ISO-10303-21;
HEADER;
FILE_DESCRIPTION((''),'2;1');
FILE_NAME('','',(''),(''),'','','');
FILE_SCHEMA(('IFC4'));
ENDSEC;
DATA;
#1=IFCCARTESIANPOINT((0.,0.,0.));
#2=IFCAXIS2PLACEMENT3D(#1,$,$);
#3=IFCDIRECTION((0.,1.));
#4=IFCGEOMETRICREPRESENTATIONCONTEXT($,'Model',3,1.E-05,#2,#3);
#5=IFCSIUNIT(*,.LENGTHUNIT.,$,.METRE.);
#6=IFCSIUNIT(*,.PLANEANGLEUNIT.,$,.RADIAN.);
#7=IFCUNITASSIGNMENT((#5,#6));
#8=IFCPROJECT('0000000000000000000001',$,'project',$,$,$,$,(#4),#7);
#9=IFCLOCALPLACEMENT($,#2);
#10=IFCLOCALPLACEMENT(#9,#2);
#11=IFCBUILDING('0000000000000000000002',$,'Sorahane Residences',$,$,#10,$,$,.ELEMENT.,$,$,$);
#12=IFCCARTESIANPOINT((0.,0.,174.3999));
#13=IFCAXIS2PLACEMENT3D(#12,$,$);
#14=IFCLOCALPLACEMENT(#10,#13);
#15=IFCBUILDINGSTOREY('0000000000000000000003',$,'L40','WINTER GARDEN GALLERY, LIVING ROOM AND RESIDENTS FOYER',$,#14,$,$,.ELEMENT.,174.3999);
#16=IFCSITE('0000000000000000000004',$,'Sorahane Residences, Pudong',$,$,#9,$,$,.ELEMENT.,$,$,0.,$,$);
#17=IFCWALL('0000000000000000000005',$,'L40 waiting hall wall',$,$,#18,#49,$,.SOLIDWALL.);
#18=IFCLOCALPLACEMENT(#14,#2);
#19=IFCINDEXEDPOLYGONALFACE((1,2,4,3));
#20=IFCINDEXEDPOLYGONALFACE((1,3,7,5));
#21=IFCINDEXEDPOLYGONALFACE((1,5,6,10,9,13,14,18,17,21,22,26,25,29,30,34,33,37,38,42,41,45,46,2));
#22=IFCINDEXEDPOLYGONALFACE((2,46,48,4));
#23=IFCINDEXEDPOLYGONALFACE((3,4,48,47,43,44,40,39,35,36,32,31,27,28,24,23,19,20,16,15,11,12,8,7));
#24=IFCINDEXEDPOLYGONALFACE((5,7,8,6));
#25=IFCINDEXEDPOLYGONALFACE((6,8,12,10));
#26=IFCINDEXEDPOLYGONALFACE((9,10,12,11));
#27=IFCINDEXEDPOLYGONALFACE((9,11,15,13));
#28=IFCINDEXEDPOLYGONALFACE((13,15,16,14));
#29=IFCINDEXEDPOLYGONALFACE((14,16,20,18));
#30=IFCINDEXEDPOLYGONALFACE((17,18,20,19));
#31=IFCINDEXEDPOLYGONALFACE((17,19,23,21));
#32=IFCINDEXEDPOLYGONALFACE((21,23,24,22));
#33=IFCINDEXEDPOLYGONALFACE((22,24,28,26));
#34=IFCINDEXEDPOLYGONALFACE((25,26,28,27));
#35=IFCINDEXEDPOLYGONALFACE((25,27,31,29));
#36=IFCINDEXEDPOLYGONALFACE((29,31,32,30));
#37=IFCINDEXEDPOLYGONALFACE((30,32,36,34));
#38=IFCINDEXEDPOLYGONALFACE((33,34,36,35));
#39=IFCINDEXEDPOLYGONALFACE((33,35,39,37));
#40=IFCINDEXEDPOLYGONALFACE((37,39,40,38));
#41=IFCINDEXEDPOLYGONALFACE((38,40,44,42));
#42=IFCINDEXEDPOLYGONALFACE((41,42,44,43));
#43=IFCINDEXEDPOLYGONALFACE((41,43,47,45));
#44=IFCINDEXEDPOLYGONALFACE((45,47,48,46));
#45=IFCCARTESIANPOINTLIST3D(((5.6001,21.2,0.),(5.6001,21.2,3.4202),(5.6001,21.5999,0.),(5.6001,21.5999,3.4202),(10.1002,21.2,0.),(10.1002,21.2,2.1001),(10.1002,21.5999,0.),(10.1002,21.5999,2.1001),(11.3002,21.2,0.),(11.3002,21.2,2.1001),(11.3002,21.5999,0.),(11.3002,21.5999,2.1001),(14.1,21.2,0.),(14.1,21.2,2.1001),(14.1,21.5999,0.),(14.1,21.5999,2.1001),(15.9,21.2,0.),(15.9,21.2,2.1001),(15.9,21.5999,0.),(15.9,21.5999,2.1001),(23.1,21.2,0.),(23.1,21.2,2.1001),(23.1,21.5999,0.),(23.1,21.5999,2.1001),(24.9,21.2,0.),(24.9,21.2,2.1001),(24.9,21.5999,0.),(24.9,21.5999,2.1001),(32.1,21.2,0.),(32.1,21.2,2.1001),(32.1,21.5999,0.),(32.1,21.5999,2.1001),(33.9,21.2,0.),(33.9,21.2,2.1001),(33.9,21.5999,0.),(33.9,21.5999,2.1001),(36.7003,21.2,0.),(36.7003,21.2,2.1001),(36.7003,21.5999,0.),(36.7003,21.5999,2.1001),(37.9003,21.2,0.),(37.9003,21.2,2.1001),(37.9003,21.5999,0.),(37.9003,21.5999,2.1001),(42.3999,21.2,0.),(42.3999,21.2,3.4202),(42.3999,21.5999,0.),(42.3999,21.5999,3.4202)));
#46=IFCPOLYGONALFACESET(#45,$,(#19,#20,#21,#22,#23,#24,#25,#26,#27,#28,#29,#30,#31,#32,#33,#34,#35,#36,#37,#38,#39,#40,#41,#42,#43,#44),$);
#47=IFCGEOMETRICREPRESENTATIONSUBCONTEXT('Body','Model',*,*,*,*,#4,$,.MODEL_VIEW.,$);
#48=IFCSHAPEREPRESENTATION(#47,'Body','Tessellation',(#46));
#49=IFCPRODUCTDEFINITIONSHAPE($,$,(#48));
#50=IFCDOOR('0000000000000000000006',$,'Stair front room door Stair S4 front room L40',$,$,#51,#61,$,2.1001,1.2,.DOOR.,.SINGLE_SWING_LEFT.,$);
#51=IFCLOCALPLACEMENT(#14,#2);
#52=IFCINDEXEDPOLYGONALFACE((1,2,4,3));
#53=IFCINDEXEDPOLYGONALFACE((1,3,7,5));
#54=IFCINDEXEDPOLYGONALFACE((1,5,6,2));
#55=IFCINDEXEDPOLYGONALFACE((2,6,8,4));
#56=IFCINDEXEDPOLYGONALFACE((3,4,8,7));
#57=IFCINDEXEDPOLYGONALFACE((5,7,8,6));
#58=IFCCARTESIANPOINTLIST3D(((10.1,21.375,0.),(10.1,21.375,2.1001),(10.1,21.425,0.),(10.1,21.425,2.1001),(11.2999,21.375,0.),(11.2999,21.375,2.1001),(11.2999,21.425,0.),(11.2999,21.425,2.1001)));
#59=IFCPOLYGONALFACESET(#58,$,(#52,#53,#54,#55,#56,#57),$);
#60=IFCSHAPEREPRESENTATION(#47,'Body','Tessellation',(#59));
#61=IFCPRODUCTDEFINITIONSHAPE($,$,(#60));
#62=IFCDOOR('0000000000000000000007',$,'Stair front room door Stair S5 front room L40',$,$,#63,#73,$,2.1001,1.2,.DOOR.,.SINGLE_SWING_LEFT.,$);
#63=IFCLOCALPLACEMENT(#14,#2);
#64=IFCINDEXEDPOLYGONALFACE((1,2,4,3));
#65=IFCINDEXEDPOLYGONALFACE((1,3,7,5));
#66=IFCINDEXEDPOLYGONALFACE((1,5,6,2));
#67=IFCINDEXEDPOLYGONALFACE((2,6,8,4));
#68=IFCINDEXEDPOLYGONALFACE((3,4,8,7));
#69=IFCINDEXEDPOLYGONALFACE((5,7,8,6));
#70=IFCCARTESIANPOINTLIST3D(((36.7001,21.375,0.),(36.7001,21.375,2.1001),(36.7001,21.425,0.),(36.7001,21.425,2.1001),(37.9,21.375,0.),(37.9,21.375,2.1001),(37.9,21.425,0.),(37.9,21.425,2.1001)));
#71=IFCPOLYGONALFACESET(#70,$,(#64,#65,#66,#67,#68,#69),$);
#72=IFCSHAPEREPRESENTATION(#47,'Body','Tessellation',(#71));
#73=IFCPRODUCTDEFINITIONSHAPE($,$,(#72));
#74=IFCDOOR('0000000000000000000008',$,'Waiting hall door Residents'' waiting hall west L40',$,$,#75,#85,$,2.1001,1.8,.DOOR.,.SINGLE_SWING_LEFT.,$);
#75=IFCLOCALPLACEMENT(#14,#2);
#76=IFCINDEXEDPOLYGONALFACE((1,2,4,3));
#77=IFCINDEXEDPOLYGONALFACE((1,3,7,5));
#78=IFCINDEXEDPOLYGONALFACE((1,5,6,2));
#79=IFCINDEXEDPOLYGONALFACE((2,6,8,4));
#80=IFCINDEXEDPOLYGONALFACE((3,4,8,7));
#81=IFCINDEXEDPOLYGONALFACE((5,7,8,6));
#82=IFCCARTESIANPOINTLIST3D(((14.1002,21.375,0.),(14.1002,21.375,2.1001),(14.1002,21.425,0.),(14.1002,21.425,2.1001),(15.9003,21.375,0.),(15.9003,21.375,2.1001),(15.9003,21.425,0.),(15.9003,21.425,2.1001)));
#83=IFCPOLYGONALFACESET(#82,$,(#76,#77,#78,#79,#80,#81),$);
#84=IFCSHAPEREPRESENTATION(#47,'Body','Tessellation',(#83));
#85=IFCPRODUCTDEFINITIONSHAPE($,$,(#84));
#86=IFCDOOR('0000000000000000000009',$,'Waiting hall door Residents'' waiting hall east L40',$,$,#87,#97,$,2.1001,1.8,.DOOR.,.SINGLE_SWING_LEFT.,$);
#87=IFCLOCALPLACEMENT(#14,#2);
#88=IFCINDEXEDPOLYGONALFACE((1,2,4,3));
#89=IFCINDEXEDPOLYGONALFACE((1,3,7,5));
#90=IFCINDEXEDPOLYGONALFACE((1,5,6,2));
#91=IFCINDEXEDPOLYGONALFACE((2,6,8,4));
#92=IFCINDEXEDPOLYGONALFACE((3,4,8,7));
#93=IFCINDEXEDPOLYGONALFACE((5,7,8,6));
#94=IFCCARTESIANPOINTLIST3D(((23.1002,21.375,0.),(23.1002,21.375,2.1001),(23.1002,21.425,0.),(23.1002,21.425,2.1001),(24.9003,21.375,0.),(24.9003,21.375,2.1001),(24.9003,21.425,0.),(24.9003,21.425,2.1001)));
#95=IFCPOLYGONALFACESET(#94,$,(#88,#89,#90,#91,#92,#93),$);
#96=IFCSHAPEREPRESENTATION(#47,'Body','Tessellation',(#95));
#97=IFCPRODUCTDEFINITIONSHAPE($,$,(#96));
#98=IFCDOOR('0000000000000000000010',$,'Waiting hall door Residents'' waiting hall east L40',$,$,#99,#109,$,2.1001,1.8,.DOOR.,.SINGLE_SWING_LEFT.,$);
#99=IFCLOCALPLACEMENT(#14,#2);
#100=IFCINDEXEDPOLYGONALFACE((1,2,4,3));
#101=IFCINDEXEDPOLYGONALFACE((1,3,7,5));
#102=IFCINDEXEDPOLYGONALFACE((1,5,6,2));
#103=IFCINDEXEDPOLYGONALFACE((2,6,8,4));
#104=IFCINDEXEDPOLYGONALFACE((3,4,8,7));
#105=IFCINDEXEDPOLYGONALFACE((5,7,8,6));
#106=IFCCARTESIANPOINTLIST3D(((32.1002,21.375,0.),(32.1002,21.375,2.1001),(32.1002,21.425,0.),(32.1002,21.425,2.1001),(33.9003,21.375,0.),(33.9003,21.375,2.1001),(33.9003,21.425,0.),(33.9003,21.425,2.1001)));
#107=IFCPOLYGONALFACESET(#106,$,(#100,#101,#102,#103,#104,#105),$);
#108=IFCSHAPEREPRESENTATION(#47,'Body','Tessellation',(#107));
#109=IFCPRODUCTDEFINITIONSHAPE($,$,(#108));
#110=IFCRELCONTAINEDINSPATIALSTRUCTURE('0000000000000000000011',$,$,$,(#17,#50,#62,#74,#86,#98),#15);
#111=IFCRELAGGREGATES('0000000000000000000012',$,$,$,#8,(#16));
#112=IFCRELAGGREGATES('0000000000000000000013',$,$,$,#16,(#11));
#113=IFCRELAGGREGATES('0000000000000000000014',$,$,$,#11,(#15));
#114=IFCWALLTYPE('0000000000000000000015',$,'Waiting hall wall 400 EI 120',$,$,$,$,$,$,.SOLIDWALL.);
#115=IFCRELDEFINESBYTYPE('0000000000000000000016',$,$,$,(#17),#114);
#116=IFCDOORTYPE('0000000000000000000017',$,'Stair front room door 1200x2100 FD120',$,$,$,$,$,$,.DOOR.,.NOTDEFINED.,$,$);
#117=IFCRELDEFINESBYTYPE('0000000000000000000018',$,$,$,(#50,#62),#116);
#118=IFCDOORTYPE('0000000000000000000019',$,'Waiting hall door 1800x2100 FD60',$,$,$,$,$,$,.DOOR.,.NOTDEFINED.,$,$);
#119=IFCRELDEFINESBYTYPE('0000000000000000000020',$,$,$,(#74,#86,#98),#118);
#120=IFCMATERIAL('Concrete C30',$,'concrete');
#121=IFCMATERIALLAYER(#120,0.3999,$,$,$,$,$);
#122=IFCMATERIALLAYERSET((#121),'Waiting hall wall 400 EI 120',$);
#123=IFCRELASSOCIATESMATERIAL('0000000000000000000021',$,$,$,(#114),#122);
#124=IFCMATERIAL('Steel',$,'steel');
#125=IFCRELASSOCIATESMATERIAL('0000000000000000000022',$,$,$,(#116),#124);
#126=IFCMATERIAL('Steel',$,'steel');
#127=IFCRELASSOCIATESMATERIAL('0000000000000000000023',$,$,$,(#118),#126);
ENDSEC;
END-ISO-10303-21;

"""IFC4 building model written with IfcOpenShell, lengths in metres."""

from ifc_helpers import new_model, si_unit, direction, frame, frame_2d, origin, place, context, subcontext, project, spatial, rectangle, extrude, material, layer, layer_set, type_object, element, fill, save


model = new_model("IFC4")

# Units and contexts
model_context = context("Model", 3, precision=1e-05, world=origin(), true_north=direction((0.0, 1.0)))
body_context = subcontext(model_context, "Body", "Model", "MODEL_VIEW")
ifc_project = project(units=[si_unit("LENGTHUNIT", "METRE"), si_unit("PLANEANGLEUNIT", "RADIAN")], contexts=[model_context])

# Site, building, storey
site_placement = place(None, origin())
site = spatial("IfcSite", under=ifc_project, at=site_placement, Name="Sorahane Residences, Pudong", CompositionType="ELEMENT", RefElevation=0.0)
building_placement = place(site_placement, origin())
building = spatial("IfcBuilding", under=site, at=building_placement, Name="Sorahane Residences", CompositionType="ELEMENT")
storey_placement = place(building_placement, frame((0.0, 0.0, 174.3999)))
storey = spatial("IfcBuildingStorey", under=building, at=storey_placement, Name="L40", Description="WINTER GARDEN GALLERY, LIVING ROOM AND RESIDENTS FOYER", CompositionType="ELEMENT", Elevation=174.3999)

# Wall, openings, doors
ifc_material_1 = material(Name="Concrete C30", Category="concrete")
ifc_layer_1 = layer(ifc_material_1, 0.3999)
ifc_layer_set_1 = layer_set([ifc_layer_1], Name="Waiting hall wall 400 EI 120")
wall_type_1 = type_object("IfcWallType", Name="Waiting hall wall 400 EI 120", PredefinedType="SOLIDWALL", material=ifc_layer_set_1)
wall_1_placement = place(storey_placement, frame((5.6001, 21.3999, 0.0), z_axis=(0.0, 0.0, 1.0), x_axis=(1.0, 0.0, 0.0)))
wall_1 = element("IfcWall", 1, at=wall_1_placement, inside=storey, type_object=wall_type_1, Name="L40 waiting hall wall", PredefinedType="SOLIDWALL", context=body_context, shape_type="SweptSolid", body=[
    extrude(rectangle(XDim=36.7998, YDim=0.3999, at=frame_2d((18.3999, 0.0))), origin(), (0.0, 0.0, 1.0), 3.4202),
])
opening_1_placement = place(wall_1_placement, frame((8.5, 0.0, 0.0)))
opening_1 = element("IfcOpeningElement", 2, at=opening_1_placement, cuts=wall_1, PredefinedType="OPENING", context=body_context, shape_type="SweptSolid", body=[
    extrude(rectangle(XDim=1.8, YDim=2.1001, at=frame_2d((0.8999, 1.05))), frame((0.0, 0.21, 0.0), z_axis=(0.0, -1.0, 0.0), x_axis=(1.0, 0.0, 0.0)), (0.0, 0.0, 1.0), 0.4199),
])
opening_2_placement = place(wall_1_placement, frame((17.5, 0.0, 0.0)))
opening_2 = element("IfcOpeningElement", 3, at=opening_2_placement, cuts=wall_1, PredefinedType="OPENING", context=body_context, shape_type="SweptSolid", body=[
    extrude(rectangle(XDim=1.8, YDim=2.1001, at=frame_2d((0.8999, 1.05))), frame((0.0, 0.21, 0.0), z_axis=(0.0, -1.0, 0.0), x_axis=(1.0, 0.0, 0.0)), (0.0, 0.0, 1.0), 0.4199),
])
opening_3_placement = place(wall_1_placement, frame((26.5, 0.0, 0.0)))
opening_3 = element("IfcOpeningElement", 4, at=opening_3_placement, cuts=wall_1, PredefinedType="OPENING", context=body_context, shape_type="SweptSolid", body=[
    extrude(rectangle(XDim=1.8, YDim=2.1001, at=frame_2d((0.8999, 1.05))), frame((0.0, 0.21, 0.0), z_axis=(0.0, -1.0, 0.0), x_axis=(1.0, 0.0, 0.0)), (0.0, 0.0, 1.0), 0.4199),
])
opening_4_placement = place(wall_1_placement, frame((4.5, 0.0, 0.0)))
opening_4 = element("IfcOpeningElement", 5, at=opening_4_placement, cuts=wall_1, PredefinedType="OPENING", context=body_context, shape_type="SweptSolid", body=[
    extrude(rectangle(XDim=1.2, YDim=2.1001, at=frame_2d((0.6001, 1.05))), frame((0.0, 0.21, 0.0), z_axis=(0.0, -1.0, 0.0), x_axis=(1.0, 0.0, 0.0)), (0.0, 0.0, 1.0), 0.4199),
])
opening_5_placement = place(wall_1_placement, frame((31.1001, 0.0, 0.0)))
opening_5 = element("IfcOpeningElement", 6, at=opening_5_placement, cuts=wall_1, PredefinedType="OPENING", context=body_context, shape_type="SweptSolid", body=[
    extrude(rectangle(XDim=1.2, YDim=2.1001, at=frame_2d((0.6001, 1.05))), frame((0.0, 0.21, 0.0), z_axis=(0.0, -1.0, 0.0), x_axis=(1.0, 0.0, 0.0)), (0.0, 0.0, 1.0), 0.4199),
])
ifc_material_2 = material(Name="Steel", Category="steel")
door_type_1 = type_object("IfcDoorType", Name="Stair front room door 1200x2100 FD120", OperationType="NOTDEFINED", PredefinedType="DOOR", material=ifc_material_2)
door_1_placement = place(opening_4_placement, frame((1.2, 0.0, 0.0), z_axis=(0.0, 0.0, 1.0), x_axis=(-1.0, 0.0, 0.0)))
door_1 = element("IfcDoor", 7, at=door_1_placement, inside=storey, type_object=door_type_1, Name="Stair front room door Stair S4 front room L40", OperationType="SINGLE_SWING_LEFT", OverallHeight=2.1001, OverallWidth=1.2, PredefinedType="DOOR", context=body_context, shape_type="SweptSolid", body=[
    extrude(rectangle(XDim=1.2, YDim=2.1001, at=frame_2d((0.6001, 1.05))), frame((0.0, 0.0249, 0.0), z_axis=(0.0, -1.0, 0.0), x_axis=(1.0, 0.0, 0.0)), (0.0, 0.0, 1.0), 0.05),
])
fill(opening_4, door_1)
door_2_placement = place(opening_5_placement, frame((1.2, 0.0, 0.0), z_axis=(0.0, 0.0, 1.0), x_axis=(-1.0, 0.0, 0.0)))
door_2 = element("IfcDoor", 8, at=door_2_placement, inside=storey, type_object=door_type_1, Name="Stair front room door Stair S5 front room L40", OperationType="SINGLE_SWING_LEFT", OverallHeight=2.1001, OverallWidth=1.2, PredefinedType="DOOR", context=body_context, shape_type="SweptSolid", body=[
    extrude(rectangle(XDim=1.2, YDim=2.1001, at=frame_2d((0.6001, 1.05))), frame((0.0, 0.0249, 0.0), z_axis=(0.0, -1.0, 0.0), x_axis=(1.0, 0.0, 0.0)), (0.0, 0.0, 1.0), 0.05),
])
fill(opening_5, door_2)
ifc_material_3 = material(Name="Steel", Category="steel")
door_type_2 = type_object("IfcDoorType", Name="Waiting hall door 1800x2100 FD60", OperationType="NOTDEFINED", PredefinedType="DOOR", material=ifc_material_3)
door_3_placement = place(opening_1_placement, frame((1.8, 0.0, 0.0), z_axis=(0.0, 0.0, 1.0), x_axis=(-1.0, 0.0, 0.0)))
door_3 = element("IfcDoor", 9, at=door_3_placement, inside=storey, type_object=door_type_2, Name="Waiting hall door Residents' waiting hall west L40", OperationType="SINGLE_SWING_LEFT", OverallHeight=2.1001, OverallWidth=1.8, PredefinedType="DOOR", context=body_context, shape_type="SweptSolid", body=[
    extrude(rectangle(XDim=1.8, YDim=2.1001, at=frame_2d((0.8999, 1.05))), frame((0.0, 0.0249, 0.0), z_axis=(0.0, -1.0, 0.0), x_axis=(1.0, 0.0, 0.0)), (0.0, 0.0, 1.0), 0.05),
])
fill(opening_1, door_3)
door_4_placement = place(opening_2_placement, frame((1.8, 0.0, 0.0), z_axis=(0.0, 0.0, 1.0), x_axis=(-1.0, 0.0, 0.0)))
door_4 = element("IfcDoor", 10, at=door_4_placement, inside=storey, type_object=door_type_2, Name="Waiting hall door Residents' waiting hall east L40", OperationType="SINGLE_SWING_LEFT", OverallHeight=2.1001, OverallWidth=1.8, PredefinedType="DOOR", context=body_context, shape_type="SweptSolid", body=[
    extrude(rectangle(XDim=1.8, YDim=2.1001, at=frame_2d((0.8999, 1.05))), frame((0.0, 0.0249, 0.0), z_axis=(0.0, -1.0, 0.0), x_axis=(1.0, 0.0, 0.0)), (0.0, 0.0, 1.0), 0.05),
])
fill(opening_2, door_4)
door_5_placement = place(opening_3_placement, frame((1.8, 0.0, 0.0), z_axis=(0.0, 0.0, 1.0), x_axis=(-1.0, 0.0, 0.0)))
door_5 = element("IfcDoor", 11, at=door_5_placement, inside=storey, type_object=door_type_2, Name="Waiting hall door Residents' waiting hall east L40", OperationType="SINGLE_SWING_LEFT", OverallHeight=2.1001, OverallWidth=1.8, PredefinedType="DOOR", context=body_context, shape_type="SweptSolid", body=[
    extrude(rectangle(XDim=1.8, YDim=2.1001, at=frame_2d((0.8999, 1.05))), frame((0.0, 0.0249, 0.0), z_axis=(0.0, -1.0, 0.0), x_axis=(1.0, 0.0, 0.0)), (0.0, 0.0, 1.0), 0.05),
])
fill(opening_3, door_5)

save(model, "model.ifc")
